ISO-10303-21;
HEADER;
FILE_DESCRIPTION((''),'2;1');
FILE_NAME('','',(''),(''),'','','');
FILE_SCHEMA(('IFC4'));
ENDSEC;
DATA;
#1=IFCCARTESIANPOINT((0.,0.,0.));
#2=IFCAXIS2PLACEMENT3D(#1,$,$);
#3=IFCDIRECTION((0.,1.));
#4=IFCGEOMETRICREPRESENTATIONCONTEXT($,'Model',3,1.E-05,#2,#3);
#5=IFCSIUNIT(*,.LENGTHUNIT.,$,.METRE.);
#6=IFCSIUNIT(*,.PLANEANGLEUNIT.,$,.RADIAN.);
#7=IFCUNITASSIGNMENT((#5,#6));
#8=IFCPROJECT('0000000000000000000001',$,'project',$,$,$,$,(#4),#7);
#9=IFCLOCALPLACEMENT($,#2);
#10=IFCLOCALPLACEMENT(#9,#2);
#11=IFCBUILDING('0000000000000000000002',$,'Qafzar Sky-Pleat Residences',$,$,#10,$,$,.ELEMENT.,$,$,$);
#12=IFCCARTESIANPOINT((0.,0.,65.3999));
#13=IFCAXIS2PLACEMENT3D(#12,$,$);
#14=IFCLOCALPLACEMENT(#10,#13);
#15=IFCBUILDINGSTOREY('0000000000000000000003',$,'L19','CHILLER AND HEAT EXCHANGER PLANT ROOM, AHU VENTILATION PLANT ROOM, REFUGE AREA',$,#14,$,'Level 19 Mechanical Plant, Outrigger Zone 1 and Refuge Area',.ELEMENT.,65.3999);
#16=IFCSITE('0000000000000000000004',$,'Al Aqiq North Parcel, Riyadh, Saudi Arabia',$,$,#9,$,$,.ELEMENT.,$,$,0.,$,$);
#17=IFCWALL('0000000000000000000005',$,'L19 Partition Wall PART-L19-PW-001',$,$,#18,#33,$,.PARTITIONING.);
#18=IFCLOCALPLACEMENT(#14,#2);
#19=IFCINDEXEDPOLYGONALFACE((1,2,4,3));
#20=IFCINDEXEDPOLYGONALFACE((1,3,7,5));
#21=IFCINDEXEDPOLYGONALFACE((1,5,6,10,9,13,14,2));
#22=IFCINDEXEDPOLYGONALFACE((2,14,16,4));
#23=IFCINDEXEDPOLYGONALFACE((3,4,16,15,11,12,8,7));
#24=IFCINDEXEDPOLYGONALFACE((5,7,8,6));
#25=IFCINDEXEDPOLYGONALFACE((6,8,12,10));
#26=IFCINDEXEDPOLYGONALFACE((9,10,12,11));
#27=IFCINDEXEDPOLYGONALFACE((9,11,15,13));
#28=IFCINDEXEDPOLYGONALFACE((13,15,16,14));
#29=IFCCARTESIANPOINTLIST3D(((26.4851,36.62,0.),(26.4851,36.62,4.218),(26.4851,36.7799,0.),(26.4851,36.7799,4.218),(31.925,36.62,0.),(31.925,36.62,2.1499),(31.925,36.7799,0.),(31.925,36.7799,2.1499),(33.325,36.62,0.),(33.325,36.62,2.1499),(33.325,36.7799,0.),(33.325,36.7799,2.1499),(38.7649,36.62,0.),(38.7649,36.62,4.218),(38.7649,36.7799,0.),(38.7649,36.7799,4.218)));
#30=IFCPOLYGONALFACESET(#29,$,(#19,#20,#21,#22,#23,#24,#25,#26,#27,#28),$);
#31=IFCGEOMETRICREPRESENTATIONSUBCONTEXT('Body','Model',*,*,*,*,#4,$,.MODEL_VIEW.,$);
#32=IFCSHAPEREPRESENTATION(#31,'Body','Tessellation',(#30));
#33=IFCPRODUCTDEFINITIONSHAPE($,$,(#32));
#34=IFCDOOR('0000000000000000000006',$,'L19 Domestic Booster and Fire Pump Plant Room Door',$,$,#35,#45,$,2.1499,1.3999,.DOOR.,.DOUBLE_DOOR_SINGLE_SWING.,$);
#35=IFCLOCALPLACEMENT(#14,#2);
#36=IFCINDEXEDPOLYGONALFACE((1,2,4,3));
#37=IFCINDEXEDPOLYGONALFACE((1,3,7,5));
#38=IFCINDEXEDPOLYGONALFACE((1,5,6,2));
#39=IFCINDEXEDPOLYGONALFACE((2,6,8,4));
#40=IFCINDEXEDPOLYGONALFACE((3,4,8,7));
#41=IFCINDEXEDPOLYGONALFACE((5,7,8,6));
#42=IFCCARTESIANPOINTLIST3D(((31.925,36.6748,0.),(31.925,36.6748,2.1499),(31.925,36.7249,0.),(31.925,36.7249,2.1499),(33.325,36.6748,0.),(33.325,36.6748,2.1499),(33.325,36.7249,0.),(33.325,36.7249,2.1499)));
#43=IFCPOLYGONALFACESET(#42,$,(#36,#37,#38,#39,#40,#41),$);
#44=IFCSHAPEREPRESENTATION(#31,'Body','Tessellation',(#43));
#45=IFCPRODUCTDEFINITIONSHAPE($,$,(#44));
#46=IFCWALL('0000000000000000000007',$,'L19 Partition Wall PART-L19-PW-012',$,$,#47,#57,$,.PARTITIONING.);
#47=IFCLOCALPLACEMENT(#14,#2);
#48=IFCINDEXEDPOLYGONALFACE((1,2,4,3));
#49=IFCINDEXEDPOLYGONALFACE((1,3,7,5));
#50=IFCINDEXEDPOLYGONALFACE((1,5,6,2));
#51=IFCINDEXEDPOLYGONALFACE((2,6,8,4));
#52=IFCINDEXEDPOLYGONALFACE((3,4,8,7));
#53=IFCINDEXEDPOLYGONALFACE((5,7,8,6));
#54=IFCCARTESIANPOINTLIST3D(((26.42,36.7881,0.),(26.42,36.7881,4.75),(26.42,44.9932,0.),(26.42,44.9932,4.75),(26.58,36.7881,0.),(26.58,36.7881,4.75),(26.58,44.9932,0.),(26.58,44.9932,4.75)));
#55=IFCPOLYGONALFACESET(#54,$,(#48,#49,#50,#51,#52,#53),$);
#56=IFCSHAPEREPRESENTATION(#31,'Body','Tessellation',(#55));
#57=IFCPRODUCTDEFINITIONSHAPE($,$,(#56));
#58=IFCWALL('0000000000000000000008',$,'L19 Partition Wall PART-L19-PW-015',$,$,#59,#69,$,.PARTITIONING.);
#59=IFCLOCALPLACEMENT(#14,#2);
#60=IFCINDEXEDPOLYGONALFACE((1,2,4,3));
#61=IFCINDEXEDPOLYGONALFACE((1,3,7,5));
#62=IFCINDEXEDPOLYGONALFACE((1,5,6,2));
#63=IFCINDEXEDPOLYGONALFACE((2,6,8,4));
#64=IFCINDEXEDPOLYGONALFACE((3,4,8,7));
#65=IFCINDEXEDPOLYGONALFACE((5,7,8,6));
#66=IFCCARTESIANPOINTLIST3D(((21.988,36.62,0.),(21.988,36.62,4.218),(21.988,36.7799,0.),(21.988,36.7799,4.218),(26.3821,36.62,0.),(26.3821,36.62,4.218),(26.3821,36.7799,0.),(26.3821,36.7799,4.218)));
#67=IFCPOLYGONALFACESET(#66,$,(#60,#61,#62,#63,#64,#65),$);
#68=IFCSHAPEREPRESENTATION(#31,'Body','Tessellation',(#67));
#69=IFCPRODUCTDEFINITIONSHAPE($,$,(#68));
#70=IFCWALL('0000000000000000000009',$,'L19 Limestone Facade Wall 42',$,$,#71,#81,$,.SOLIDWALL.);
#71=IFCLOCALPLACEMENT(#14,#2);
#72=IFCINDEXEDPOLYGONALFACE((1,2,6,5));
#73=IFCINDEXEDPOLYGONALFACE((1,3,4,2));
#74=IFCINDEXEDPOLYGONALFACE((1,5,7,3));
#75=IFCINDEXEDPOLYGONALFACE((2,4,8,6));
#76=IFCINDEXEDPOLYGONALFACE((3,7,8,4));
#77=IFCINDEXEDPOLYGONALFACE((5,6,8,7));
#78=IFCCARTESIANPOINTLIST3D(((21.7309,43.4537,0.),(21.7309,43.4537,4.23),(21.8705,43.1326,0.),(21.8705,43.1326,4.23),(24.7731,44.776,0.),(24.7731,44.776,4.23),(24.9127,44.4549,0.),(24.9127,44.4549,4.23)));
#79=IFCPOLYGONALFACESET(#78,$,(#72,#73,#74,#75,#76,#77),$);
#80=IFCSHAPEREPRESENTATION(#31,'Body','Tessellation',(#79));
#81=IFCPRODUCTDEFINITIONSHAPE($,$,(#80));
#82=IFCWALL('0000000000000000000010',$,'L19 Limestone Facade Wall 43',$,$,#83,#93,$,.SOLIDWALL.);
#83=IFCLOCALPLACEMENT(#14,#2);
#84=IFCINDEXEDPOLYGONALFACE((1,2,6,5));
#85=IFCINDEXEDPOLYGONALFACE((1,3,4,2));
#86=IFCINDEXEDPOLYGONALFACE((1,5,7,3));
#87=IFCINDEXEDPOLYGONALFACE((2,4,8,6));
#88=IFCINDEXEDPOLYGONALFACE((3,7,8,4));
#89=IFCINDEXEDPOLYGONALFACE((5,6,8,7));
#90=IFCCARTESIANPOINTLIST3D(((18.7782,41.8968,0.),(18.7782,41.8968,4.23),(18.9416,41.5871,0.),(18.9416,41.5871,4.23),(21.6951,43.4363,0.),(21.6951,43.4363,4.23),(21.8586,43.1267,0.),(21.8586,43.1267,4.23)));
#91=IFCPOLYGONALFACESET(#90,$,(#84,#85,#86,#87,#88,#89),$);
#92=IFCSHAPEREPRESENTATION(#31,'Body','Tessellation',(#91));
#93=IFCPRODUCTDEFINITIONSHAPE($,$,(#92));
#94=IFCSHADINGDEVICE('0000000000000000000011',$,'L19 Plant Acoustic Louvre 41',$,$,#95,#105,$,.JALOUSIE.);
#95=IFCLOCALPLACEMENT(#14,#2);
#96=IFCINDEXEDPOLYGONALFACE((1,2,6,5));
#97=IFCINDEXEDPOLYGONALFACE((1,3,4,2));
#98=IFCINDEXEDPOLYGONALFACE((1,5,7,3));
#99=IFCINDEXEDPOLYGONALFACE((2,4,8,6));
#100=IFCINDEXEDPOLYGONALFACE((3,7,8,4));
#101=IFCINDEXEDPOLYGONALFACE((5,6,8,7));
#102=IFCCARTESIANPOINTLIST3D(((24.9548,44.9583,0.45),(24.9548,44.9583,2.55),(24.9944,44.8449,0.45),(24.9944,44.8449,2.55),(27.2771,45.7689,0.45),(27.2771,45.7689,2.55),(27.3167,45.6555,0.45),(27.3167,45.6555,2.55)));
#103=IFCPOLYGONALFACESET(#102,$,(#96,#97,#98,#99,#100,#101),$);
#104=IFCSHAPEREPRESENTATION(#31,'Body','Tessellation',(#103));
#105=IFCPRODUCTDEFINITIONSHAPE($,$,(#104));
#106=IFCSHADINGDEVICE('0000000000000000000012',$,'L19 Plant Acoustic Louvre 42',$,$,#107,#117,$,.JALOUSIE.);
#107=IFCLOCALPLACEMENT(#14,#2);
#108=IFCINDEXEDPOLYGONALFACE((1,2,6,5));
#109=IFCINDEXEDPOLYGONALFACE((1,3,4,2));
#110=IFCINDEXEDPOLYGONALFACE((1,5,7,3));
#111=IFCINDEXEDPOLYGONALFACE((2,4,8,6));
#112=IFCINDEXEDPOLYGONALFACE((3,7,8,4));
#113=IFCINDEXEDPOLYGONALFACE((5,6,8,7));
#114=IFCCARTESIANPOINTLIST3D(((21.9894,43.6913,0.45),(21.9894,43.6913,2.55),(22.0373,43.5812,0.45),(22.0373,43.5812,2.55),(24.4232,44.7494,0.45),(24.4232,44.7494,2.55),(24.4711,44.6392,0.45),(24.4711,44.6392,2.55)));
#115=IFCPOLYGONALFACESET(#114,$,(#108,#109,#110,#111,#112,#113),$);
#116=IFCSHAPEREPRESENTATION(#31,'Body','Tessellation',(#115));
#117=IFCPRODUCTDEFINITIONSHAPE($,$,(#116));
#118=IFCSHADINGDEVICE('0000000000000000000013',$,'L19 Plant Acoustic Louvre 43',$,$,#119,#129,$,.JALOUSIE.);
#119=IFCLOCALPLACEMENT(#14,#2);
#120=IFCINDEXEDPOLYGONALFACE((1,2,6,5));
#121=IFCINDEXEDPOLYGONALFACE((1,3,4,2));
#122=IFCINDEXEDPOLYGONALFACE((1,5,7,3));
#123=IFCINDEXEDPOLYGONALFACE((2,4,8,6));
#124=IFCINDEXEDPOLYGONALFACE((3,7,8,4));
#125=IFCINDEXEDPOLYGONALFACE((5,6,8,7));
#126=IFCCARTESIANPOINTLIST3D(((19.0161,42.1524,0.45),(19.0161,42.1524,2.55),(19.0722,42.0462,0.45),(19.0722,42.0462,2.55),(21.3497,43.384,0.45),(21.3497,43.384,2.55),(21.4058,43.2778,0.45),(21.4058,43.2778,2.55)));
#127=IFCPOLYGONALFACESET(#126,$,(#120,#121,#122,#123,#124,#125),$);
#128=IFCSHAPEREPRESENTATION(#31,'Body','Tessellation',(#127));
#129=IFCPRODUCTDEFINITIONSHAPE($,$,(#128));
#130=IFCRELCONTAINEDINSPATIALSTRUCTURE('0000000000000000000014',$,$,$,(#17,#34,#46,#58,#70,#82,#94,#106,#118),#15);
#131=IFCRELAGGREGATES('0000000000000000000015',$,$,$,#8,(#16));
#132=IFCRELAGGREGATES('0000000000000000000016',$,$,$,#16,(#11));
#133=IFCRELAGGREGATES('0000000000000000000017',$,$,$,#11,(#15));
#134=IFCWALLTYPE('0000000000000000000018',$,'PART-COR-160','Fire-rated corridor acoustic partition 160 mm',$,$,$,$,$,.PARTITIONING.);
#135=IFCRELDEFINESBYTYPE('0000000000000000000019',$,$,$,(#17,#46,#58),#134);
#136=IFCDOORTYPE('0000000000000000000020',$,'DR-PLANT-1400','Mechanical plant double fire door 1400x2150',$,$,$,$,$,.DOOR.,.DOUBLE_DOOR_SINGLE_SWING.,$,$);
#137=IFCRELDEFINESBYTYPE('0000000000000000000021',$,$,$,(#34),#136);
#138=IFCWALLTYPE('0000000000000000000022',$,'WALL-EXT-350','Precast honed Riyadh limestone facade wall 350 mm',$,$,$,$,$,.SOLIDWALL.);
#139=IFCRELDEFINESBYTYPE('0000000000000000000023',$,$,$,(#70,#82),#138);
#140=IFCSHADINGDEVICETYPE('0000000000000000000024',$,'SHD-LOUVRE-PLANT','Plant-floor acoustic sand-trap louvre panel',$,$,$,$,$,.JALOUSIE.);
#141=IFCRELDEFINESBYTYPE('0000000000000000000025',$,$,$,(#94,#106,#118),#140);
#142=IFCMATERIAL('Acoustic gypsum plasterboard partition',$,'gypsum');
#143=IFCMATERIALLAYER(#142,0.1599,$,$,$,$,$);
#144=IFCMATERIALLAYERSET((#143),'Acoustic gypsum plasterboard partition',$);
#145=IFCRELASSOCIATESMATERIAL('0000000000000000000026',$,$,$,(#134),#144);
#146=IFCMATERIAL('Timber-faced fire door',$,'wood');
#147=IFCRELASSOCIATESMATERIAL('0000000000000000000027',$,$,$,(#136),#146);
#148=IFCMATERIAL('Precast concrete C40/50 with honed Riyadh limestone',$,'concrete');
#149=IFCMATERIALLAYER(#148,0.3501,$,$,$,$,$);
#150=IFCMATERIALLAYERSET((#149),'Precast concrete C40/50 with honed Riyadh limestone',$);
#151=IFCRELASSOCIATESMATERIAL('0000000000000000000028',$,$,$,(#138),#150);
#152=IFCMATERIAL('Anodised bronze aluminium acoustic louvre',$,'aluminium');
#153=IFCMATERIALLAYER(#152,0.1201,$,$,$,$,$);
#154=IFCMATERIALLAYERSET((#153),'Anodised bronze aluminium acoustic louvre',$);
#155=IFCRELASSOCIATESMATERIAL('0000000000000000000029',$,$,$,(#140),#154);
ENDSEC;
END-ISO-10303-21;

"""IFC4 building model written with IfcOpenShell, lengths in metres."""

from ifc_helpers import new_model, si_unit, direction, frame, frame_2d, origin, origin_2d, place, context, subcontext, project, spatial, rectangle, extrude, source, transform, mapped, material, layer, layer_set, type_object, element, fill, save


model = new_model("IFC4")

# Units and contexts
model_context = context("Model", 3, precision=1e-05, world=origin(), true_north=direction((0.0, 1.0)))
body_context = subcontext(model_context, "Body", "Model", "MODEL_VIEW")
ifc_project = project(units=[si_unit("LENGTHUNIT", "METRE"), si_unit("PLANEANGLEUNIT", "RADIAN")], contexts=[model_context])

# Site, building, storey
site_placement = place(None, origin())
site = spatial("IfcSite", under=ifc_project, at=site_placement, Name="Al Aqiq North Parcel, Riyadh, Saudi Arabia", CompositionType="ELEMENT", RefElevation=0.0)
building_placement = place(site_placement, origin())
building = spatial("IfcBuilding", under=site, at=building_placement, Name="Qafzar Sky-Pleat Residences", CompositionType="ELEMENT")
storey_placement = place(building_placement, frame((0.0, 0.0, 65.3999)))
storey = spatial("IfcBuildingStorey", under=building, at=storey_placement, Name="L19", Description="CHILLER AND HEAT EXCHANGER PLANT ROOM, AHU VENTILATION PLANT ROOM, REFUGE AREA", LongName="Level 19 Mechanical Plant, Outrigger Zone 1 and Refuge Area", CompositionType="ELEMENT", Elevation=65.3999)

# Wall, opening, door
ifc_material_1 = material(Name="Acoustic gypsum plasterboard partition", Category="gypsum")
ifc_layer_1 = layer(ifc_material_1, 0.1599)
ifc_layer_set_1 = layer_set([ifc_layer_1], Name="Acoustic gypsum plasterboard partition")
wall_type_1 = type_object("IfcWallType", Name="PART-COR-160", Description="Fire-rated corridor acoustic partition 160 mm", PredefinedType="PARTITIONING", material=ifc_layer_set_1)
wall_1_placement = place(storey_placement, frame((26.4851, 36.7, 0.0), z_axis=(0.0, 0.0, 1.0), x_axis=(1.0, 0.0, 0.0)))
wall_1 = element("IfcWall", 1, at=wall_1_placement, inside=storey, type_object=wall_type_1, Name="L19 Partition Wall PART-L19-PW-001", PredefinedType="PARTITIONING", context=body_context, shape_type="SweptSolid", body=[
    extrude(rectangle(XDim=12.2798, YDim=0.1599, at=frame_2d((6.1399, 0.0))), origin(), (0.0, 0.0, 1.0), 4.218),
])
opening_placement = place(wall_1_placement, frame((5.4399, 0.0, 0.0)))
opening = element("IfcOpeningElement", 2, at=opening_placement, cuts=wall_1, PredefinedType="OPENING", context=body_context, shape_type="SweptSolid", body=[
    extrude(rectangle(XDim=1.3999, YDim=2.1499, at=frame_2d((0.7, 1.075))), frame((0.0, 0.0898, 0.0), z_axis=(0.0, -1.0, 0.0), x_axis=(1.0, 0.0, 0.0)), (0.0, 0.0, 1.0), 0.1799),
])
ifc_material_2 = material(Name="Timber-faced fire door", Category="wood")
door_type = type_object("IfcDoorType", Name="DR-PLANT-1400", Description="Mechanical plant double fire door 1400x2150", OperationType="DOUBLE_DOOR_SINGLE_SWING", PredefinedType="DOOR", material=ifc_material_2)
shared_shape_1 = source(origin(), body_context, "Body", "SweptSolid", [
    extrude(rectangle(XDim=1.3999, YDim=2.1499, at=frame_2d((0.7, 1.075))), frame((0.0, 0.0249, 0.0), z_axis=(0.0, -1.0, 0.0), x_axis=(1.0, 0.0, 0.0)), (0.0, 0.0, 1.0), 0.05),
])
door_placement = place(opening_placement, origin())
door = element("IfcDoor", 3, at=door_placement, inside=storey, type_object=door_type, Name="L19 Domestic Booster and Fire Pump Plant Room Door", OperationType="DOUBLE_DOOR_SINGLE_SWING", OverallHeight=2.1499, OverallWidth=1.3999, PredefinedType="DOOR", context=body_context, shape_type="MappedRepresentation", body=[
    mapped(shared_shape_1, transform((0.0, 0.0, 0.0), x_axis=(1.0, 0.0, 0.0), y_axis=(0.0, 1.0, 0.0), z_axis=(0.0, 0.0, 1.0), scale=1.0)),
])
fill(opening, door)

# Walls
wall_2_placement = place(storey_placement, frame((26.5, 36.7881, 0.0), z_axis=(0.0, 0.0, 1.0), x_axis=(0.0, 1.0, 0.0)))
element("IfcWall", 4, at=wall_2_placement, inside=storey, type_object=wall_type_1, Name="L19 Partition Wall PART-L19-PW-012", PredefinedType="PARTITIONING", context=body_context, shape_type="SweptSolid", body=[
    extrude(rectangle(XDim=8.2051, YDim=0.1599, at=frame_2d((4.1025, 0.0))), origin(), (0.0, 0.0, 1.0), 4.75),
])
wall_3_placement = place(storey_placement, frame((21.988, 36.7, 0.0), z_axis=(0.0, 0.0, 1.0), x_axis=(1.0, 0.0, 0.0)))
element("IfcWall", 5, at=wall_3_placement, inside=storey, type_object=wall_type_1, Name="L19 Partition Wall PART-L19-PW-015", PredefinedType="PARTITIONING", context=body_context, shape_type="SweptSolid", body=[
    extrude(rectangle(XDim=4.394, YDim=0.1599, at=frame_2d((2.197, 0.0))), origin(), (0.0, 0.0, 1.0), 4.218),
])
ifc_material_3 = material(Name="Precast concrete C40/50 with honed Riyadh limestone", Category="concrete")
ifc_layer_2 = layer(ifc_material_3, 0.3501)
ifc_layer_set_2 = layer_set([ifc_layer_2], Name="Precast concrete C40/50 with honed Riyadh limestone")
wall_type_2 = type_object("IfcWallType", Name="WALL-EXT-350", Description="Precast honed Riyadh limestone facade wall 350 mm", PredefinedType="SOLIDWALL", material=ifc_layer_set_2)
wall_4_placement = place(storey_placement, frame((24.843, 44.6155, 0.0), z_axis=(0.0, 0.0, 1.0), x_axis=(-0.917119, -0.398613, 0.0)))
element("IfcWall", 6, at=wall_4_placement, inside=storey, type_object=wall_type_2, Name="L19 Limestone Facade Wall 42", PredefinedType="SOLIDWALL", context=body_context, shape_type="SweptSolid", body=[
    extrude(rectangle(XDim=3.3171, YDim=0.3501, at=frame_2d((1.6587, 0.0))), origin(), (0.0, 0.0, 1.0), 4.23),
])
wall_5_placement = place(storey_placement, frame((21.7769, 43.2815, 0.0), z_axis=(0.0, 0.0, 1.0), x_axis=(-0.884381, -0.466765, 0.0)))
element("IfcWall", 7, at=wall_5_placement, inside=storey, type_object=wall_type_2, Name="L19 Limestone Facade Wall 43", PredefinedType="SOLIDWALL", context=body_context, shape_type="SweptSolid", body=[
    extrude(rectangle(XDim=3.2983, YDim=0.3501, at=frame_2d((1.6492, 0.0))), origin(), (0.0, 0.0, 1.0), 4.23),
])

# Shading devices
ifc_material_4 = material(Name="Anodised bronze aluminium acoustic louvre", Category="aluminium")
ifc_layer_3 = layer(ifc_material_4, 0.1201)
ifc_layer_set_3 = layer_set([ifc_layer_3], Name="Anodised bronze aluminium acoustic louvre")
shading_device_type = type_object("IfcShadingDeviceType", Name="SHD-LOUVRE-PLANT", Description="Plant-floor acoustic sand-trap louvre panel", PredefinedType="JALOUSIE", material=ifc_layer_set_3)
shared_shape_2 = source(origin(), body_context, "Body", "SweptSolid", [
    extrude(rectangle(XDim=2.4597, YDim=0.1201, at=origin_2d()), origin(), (0.0, 0.0, 1.0), 2.1001),
])
shading_device_1_placement = place(storey_placement, frame((26.1357, 45.3069, 0.45), z_axis=(0.0, 0.0, 1.0), x_axis=(-0.944136, -0.329555, 0.0)))
element("IfcShadingDevice", 8, at=shading_device_1_placement, inside=storey, type_object=shading_device_type, Name="L19 Plant Acoustic Louvre 41", PredefinedType="JALOUSIE", context=body_context, shape_type="MappedRepresentation", body=[
    mapped(shared_shape_2, transform((0.0, 0.0, 0.0), x_axis=(1.0, 0.0, 0.0), y_axis=(0.0, 1.0, 0.0), z_axis=(0.0, 0.0, 1.0), scale=1.0)),
])
shared_shape_3 = source(origin(), body_context, "Body", "SweptSolid", [
    extrude(rectangle(XDim=2.6538, YDim=0.1201, at=origin_2d()), origin(), (0.0, 0.0, 1.0), 2.1001),
])
shading_device_2_placement = place(storey_placement, frame((23.2302, 44.1653, 0.45), z_axis=(0.0, 0.0, 1.0), x_axis=(-0.917087, -0.398688, 0.0)))
element("IfcShadingDevice", 9, at=shading_device_2_placement, inside=storey, type_object=shading_device_type, Name="L19 Plant Acoustic Louvre 42", PredefinedType="JALOUSIE", context=body_context, shape_type="MappedRepresentation", body=[
    mapped(shared_shape_3, transform((0.0, 0.0, 0.0), x_axis=(1.0, 0.0, 0.0), y_axis=(0.0, 1.0, 0.0), z_axis=(0.0, 0.0, 1.0), scale=1.0)),
])
shared_shape_4 = source(origin(), body_context, "Body", "SweptSolid", [
    extrude(rectangle(XDim=2.6387, YDim=0.1201, at=origin_2d()), origin(), (0.0, 0.0, 1.0), 2.1001),
])
shading_device_3_placement = place(storey_placement, frame((20.2109, 42.7151, 0.45), z_axis=(0.0, 0.0, 1.0), x_axis=(-0.884388, -0.466752, 0.0)))
element("IfcShadingDevice", 10, at=shading_device_3_placement, inside=storey, type_object=shading_device_type, Name="L19 Plant Acoustic Louvre 43", PredefinedType="JALOUSIE", context=body_context, shape_type="MappedRepresentation", body=[
    mapped(shared_shape_4, transform((0.0, 0.0, 0.0), x_axis=(1.0, 0.0, 0.0), y_axis=(0.0, 1.0, 0.0), z_axis=(0.0, 0.0, 1.0), scale=1.0)),
])

save(model, "model.ifc")
